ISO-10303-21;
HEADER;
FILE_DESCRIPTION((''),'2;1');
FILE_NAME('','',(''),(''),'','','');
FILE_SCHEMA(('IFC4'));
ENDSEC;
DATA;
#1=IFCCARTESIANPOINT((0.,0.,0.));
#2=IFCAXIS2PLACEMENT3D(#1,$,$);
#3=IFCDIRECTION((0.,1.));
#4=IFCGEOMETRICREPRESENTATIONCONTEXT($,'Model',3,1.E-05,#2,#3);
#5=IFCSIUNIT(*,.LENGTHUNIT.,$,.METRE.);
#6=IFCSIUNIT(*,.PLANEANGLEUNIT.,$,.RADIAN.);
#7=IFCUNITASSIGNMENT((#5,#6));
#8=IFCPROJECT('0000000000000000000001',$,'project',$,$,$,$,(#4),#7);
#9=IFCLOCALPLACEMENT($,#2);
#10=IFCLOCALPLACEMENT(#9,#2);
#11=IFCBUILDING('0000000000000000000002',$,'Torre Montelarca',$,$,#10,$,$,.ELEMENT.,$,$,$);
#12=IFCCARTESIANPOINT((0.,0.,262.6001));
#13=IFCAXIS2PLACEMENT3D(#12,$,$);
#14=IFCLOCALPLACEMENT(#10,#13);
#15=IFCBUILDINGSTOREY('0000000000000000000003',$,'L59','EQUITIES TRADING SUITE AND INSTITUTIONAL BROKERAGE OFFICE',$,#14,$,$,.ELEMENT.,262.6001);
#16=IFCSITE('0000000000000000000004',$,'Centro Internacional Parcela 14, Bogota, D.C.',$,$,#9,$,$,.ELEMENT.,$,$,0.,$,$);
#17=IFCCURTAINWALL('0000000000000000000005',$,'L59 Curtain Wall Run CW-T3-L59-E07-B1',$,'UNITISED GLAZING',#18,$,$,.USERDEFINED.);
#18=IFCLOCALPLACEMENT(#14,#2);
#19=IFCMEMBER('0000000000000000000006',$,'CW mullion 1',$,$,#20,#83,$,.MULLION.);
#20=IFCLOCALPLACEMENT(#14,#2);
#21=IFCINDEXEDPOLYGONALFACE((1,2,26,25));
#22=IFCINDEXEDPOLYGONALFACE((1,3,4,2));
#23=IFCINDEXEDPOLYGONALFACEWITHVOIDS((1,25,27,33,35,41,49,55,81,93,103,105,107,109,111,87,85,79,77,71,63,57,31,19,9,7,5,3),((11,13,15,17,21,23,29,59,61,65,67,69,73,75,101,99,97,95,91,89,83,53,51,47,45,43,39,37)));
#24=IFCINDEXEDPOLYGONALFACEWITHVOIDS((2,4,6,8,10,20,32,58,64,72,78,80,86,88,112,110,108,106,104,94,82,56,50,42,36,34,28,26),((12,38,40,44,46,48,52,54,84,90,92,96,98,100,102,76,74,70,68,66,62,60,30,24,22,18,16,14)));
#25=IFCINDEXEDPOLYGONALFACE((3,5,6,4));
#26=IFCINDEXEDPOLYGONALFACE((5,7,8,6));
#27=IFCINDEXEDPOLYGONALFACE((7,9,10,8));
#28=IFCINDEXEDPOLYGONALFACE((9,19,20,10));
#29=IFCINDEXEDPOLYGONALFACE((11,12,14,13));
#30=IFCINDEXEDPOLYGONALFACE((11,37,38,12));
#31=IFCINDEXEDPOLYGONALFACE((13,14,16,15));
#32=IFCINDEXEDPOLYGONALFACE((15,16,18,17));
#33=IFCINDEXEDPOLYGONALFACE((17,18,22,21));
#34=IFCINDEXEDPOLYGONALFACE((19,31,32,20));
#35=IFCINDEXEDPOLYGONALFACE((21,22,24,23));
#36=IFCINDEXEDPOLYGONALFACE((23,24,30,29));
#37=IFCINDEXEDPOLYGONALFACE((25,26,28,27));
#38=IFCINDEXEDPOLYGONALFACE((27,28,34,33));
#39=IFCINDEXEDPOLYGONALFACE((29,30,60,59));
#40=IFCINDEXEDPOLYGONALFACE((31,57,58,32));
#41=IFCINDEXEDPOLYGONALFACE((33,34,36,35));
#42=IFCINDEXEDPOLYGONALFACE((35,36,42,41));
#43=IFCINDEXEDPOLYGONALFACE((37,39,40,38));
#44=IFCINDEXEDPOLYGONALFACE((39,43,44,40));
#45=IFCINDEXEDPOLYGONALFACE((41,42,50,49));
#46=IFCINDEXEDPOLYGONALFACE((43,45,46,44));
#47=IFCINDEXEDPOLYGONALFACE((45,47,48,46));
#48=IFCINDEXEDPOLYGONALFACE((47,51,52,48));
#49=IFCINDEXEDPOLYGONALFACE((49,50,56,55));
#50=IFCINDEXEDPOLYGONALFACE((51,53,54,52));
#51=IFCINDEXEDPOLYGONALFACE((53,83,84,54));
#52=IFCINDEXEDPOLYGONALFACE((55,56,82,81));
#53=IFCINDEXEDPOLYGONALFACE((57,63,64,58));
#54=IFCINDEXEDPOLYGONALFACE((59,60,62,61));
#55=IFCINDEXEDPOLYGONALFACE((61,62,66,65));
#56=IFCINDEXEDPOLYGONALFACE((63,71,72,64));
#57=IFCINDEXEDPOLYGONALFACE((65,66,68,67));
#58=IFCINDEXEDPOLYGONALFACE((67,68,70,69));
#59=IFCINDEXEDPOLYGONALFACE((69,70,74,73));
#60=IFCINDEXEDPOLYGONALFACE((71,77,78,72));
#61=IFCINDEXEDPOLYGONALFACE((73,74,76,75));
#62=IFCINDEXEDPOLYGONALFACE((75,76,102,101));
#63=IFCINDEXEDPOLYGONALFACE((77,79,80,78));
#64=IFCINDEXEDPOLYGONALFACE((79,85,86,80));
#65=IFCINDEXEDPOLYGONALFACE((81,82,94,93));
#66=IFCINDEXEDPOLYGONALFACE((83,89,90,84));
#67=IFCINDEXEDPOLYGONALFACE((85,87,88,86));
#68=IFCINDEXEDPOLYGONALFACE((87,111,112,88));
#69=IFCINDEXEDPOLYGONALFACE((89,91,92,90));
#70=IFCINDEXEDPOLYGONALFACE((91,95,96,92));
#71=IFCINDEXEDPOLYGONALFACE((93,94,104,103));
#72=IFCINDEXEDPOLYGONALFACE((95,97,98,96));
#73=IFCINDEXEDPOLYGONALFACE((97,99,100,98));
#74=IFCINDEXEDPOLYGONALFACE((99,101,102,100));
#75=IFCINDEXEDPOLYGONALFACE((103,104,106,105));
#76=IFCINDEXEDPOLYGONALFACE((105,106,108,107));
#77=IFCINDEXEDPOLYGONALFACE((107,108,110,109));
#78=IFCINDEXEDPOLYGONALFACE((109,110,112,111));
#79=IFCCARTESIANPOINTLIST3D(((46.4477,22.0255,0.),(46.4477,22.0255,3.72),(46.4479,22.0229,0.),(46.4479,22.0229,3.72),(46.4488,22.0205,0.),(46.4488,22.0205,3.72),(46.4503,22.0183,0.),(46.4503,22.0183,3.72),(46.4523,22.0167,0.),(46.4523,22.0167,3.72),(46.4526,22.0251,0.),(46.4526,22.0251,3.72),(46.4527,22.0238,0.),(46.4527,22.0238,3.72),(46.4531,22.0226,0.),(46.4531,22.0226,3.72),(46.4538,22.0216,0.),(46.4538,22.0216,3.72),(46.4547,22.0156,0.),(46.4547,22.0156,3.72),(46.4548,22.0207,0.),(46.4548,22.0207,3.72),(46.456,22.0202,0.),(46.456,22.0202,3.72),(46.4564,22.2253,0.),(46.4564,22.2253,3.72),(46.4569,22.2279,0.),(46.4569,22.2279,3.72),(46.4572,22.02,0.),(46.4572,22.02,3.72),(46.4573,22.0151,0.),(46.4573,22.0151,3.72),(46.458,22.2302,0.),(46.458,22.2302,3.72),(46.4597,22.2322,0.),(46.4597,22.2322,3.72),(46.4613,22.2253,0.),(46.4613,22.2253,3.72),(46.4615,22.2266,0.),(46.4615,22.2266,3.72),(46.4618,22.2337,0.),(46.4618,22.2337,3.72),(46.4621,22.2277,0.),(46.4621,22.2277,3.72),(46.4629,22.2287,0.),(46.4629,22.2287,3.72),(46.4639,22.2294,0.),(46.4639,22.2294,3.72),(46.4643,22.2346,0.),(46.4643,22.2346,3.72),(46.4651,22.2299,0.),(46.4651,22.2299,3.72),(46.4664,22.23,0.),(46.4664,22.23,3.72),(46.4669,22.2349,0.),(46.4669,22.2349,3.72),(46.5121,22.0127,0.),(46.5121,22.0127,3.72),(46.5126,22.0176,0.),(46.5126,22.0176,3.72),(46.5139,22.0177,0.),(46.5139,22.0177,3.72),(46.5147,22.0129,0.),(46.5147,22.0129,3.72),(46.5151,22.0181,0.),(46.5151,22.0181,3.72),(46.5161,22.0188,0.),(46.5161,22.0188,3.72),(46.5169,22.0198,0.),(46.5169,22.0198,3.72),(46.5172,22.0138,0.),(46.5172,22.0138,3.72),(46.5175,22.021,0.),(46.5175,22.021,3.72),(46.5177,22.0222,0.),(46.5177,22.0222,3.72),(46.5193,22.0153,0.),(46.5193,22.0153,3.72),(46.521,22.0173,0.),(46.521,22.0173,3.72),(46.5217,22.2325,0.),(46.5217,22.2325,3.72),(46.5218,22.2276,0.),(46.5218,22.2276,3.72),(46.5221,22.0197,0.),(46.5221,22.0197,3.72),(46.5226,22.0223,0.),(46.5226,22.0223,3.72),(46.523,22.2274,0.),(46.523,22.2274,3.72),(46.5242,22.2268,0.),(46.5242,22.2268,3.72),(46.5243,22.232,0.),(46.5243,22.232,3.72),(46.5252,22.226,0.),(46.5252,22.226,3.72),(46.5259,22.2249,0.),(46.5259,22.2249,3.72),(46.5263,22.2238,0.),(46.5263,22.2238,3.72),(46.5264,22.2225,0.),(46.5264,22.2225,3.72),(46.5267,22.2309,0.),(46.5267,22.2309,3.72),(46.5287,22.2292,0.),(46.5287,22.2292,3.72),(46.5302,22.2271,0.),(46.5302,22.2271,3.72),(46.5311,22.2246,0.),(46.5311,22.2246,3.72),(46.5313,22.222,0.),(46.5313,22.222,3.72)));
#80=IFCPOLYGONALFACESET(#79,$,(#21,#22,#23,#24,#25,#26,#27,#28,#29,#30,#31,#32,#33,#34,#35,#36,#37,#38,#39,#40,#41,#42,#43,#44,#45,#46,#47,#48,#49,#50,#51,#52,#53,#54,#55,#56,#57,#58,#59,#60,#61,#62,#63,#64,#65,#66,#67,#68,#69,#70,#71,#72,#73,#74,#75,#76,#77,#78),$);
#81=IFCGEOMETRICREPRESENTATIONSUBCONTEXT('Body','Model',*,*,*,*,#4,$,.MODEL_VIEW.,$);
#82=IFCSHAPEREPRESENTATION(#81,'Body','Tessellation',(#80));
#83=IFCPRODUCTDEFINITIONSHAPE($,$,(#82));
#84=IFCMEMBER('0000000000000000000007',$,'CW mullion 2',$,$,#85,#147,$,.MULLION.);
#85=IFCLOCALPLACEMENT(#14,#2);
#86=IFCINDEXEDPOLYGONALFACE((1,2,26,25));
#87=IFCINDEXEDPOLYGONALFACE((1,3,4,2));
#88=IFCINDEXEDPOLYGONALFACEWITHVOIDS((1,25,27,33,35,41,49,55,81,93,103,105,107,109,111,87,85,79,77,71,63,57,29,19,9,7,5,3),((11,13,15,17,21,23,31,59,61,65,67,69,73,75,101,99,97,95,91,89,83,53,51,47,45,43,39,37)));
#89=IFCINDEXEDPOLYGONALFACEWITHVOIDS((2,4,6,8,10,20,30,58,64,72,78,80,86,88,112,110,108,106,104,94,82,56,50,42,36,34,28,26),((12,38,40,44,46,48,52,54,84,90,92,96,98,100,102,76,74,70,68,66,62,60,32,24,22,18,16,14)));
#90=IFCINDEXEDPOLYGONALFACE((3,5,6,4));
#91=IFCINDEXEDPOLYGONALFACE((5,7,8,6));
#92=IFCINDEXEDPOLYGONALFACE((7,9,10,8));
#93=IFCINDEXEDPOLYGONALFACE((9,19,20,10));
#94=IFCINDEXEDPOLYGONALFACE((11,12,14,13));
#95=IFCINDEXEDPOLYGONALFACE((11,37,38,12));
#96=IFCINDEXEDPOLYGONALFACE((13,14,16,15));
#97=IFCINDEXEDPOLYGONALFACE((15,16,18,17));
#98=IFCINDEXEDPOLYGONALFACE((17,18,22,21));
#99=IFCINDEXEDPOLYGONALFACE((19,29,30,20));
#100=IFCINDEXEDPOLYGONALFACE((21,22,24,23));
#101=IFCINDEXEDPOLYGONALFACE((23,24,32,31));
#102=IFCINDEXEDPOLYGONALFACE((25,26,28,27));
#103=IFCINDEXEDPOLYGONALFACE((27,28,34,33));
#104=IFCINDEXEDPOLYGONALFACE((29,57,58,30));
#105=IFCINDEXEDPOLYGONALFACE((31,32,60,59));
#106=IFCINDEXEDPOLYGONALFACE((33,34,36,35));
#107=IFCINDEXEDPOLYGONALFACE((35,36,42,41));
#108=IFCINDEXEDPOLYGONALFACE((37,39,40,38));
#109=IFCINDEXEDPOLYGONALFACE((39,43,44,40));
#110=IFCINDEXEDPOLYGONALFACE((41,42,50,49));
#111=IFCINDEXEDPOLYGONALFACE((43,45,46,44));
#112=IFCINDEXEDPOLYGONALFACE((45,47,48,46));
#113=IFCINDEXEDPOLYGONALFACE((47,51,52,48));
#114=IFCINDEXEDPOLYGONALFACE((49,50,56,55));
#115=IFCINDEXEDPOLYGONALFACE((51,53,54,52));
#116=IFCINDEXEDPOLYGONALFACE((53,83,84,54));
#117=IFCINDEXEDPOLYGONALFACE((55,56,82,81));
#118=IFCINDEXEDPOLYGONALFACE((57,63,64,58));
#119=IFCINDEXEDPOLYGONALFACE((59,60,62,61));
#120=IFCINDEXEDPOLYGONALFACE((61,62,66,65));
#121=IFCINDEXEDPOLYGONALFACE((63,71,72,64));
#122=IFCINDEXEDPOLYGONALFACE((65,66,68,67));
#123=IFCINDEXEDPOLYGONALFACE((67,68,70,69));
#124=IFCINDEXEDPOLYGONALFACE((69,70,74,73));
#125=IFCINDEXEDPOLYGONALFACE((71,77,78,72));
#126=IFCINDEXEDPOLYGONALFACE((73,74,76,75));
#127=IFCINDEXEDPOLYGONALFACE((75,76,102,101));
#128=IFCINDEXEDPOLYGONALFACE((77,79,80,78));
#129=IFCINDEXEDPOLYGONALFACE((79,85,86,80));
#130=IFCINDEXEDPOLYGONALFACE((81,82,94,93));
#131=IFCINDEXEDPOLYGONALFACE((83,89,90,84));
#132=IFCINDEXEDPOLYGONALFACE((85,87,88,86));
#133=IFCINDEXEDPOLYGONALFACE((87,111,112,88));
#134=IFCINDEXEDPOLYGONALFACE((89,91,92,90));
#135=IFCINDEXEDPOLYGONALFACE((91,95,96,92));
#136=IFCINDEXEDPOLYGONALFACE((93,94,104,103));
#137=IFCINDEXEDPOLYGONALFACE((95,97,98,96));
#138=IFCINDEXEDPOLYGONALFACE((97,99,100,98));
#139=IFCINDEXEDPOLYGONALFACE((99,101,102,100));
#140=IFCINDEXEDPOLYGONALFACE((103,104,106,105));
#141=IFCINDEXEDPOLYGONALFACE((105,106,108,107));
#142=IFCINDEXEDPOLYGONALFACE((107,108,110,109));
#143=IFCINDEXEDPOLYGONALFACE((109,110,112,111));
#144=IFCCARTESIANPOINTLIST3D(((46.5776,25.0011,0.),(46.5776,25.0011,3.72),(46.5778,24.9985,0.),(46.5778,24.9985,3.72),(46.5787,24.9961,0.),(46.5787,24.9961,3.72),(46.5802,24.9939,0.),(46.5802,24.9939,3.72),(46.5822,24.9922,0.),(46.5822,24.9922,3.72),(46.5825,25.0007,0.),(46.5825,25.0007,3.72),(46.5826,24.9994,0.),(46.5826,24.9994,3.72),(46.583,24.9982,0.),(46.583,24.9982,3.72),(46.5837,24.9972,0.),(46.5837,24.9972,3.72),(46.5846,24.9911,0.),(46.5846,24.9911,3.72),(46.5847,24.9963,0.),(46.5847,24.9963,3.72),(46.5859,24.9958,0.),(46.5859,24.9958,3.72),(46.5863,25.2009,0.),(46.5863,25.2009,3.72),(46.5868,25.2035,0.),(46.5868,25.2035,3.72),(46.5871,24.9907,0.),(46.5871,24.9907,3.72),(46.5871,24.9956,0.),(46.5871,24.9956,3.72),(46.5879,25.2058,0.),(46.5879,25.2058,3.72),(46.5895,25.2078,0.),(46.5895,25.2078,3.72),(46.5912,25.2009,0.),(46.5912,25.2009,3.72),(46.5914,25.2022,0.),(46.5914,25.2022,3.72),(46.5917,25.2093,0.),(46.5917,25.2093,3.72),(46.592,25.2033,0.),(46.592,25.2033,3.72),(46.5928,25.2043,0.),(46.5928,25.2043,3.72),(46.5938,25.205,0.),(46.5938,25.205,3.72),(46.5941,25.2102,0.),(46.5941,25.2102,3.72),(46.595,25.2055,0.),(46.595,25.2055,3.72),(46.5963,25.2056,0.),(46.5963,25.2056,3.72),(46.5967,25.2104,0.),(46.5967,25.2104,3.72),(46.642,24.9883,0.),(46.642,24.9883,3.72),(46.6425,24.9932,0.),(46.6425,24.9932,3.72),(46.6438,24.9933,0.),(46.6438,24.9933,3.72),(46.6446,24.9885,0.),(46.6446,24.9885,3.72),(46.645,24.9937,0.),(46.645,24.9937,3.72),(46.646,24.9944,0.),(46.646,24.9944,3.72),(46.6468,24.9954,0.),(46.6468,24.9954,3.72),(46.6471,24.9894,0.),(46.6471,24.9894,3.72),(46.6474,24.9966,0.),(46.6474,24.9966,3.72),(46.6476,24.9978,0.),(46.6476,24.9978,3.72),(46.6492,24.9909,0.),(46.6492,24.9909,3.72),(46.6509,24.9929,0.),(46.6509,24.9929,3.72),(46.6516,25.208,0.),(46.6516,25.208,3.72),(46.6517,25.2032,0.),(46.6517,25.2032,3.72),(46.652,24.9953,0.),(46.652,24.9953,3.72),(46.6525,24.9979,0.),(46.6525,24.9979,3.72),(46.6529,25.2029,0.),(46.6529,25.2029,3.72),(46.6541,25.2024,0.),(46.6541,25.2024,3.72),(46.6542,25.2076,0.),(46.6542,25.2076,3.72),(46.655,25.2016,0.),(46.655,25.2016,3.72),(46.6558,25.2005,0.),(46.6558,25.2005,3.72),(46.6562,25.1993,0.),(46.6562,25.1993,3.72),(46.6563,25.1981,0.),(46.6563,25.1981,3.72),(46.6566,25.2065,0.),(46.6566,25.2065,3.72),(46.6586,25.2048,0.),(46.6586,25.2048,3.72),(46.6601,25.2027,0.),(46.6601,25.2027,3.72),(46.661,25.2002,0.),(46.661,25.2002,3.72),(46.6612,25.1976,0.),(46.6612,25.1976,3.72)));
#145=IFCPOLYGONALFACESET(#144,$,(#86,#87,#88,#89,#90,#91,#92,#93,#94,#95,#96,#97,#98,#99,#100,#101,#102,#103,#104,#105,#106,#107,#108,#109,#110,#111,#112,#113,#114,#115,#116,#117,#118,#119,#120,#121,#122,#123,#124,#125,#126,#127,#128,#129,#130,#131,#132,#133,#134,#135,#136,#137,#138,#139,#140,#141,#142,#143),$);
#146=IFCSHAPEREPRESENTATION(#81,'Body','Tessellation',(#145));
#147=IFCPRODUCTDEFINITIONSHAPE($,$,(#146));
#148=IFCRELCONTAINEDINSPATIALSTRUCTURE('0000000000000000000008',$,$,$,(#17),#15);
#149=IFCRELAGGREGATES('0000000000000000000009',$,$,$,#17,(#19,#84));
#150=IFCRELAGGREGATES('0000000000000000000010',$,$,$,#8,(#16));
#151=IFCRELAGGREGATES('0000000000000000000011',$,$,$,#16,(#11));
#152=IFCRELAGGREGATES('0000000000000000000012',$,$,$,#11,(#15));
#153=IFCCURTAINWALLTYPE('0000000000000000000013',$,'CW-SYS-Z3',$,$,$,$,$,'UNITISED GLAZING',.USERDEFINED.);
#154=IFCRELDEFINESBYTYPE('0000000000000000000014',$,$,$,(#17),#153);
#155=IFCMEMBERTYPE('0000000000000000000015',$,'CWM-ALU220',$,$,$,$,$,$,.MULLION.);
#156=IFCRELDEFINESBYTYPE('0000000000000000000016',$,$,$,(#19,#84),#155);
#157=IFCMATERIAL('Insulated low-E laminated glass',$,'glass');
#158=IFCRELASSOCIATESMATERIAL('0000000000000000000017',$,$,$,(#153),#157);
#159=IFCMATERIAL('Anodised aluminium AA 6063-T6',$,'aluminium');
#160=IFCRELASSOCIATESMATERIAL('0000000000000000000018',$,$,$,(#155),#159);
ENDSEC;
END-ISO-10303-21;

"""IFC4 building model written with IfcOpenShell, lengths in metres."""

from ifc_helpers import new_model, si_unit, direction, frame, origin, origin_2d, place, context, subcontext, project, spatial, hollow_rectangle, extrude, source, transform, mapped, material, material_profile, profile_set, type_object, element, aggregate, save


model = new_model("IFC4")

# Units and contexts
model_context = context("Model", 3, precision=1e-05, world=origin(), true_north=direction((0.0, 1.0)))
body_context = subcontext(model_context, "Body", "Model", "MODEL_VIEW")
ifc_project = project(units=[si_unit("LENGTHUNIT", "METRE"), si_unit("PLANEANGLEUNIT", "RADIAN")], contexts=[model_context])

# Site, building, storey
site_placement = place(None, origin())
site = spatial("IfcSite", under=ifc_project, at=site_placement, Name="Centro Internacional Parcela 14, Bogota, D.C.", CompositionType="ELEMENT", RefElevation=0.0)
building_placement = place(site_placement, origin())
building = spatial("IfcBuilding", under=site, at=building_placement, Name="Torre Montelarca", CompositionType="ELEMENT")
storey_placement = place(building_placement, frame((0.0, 0.0, 262.6001)))
storey = spatial("IfcBuildingStorey", under=building, at=storey_placement, Name="L59", Description="EQUITIES TRADING SUITE AND INSTITUTIONAL BROKERAGE OFFICE", CompositionType="ELEMENT", Elevation=262.6001)

# Curtain wall
ifc_material_1 = material(Name="Insulated low-E laminated glass", Category="glass")
curtain_wall_type = type_object("IfcCurtainWallType", Name="CW-SYS-Z3", ElementType="UNITISED GLAZING", PredefinedType="USERDEFINED", material=ifc_material_1)
curtain_wall_1_placement = place(storey_placement, origin())
curtain_wall_1 = element("IfcCurtainWall", 1, at=curtain_wall_1_placement, inside=storey, type_object=curtain_wall_type, Name="L59 Curtain Wall Run CW-T3-L59-E07-B1", ObjectType="UNITISED GLAZING", PredefinedType="USERDEFINED")
ifc_material_2 = material(Name="Anodised aluminium AA 6063-T6", Category="aluminium")
ifc_material_profile_1 = material_profile(ifc_material_2, hollow_rectangle(XDim=0.075, YDim=0.22, WallThickness=0.0049, InnerFilletRadius=0.0049, OuterFilletRadius=0.01, at=origin_2d()), Name="ALU75X220X5", Category="aluminium")
ifc_profile_set_1 = profile_set([ifc_material_profile_1], Name="Anodised aluminium AA 6063-T6")
member_type_1 = type_object("IfcMemberType", Name="CWM-ALU220", PredefinedType="MULLION", material=ifc_profile_set_1)
shared_shape_1 = source(origin(), body_context, "Body", "SweptSolid", [
    extrude(hollow_rectangle(XDim=0.075, YDim=0.22, WallThickness=0.0049, InnerFilletRadius=0.0049, OuterFilletRadius=0.01, at=origin_2d()), origin(), (0.0, 0.0, 1.0), 3.72),
])

# Members
member_1_placement = place(storey_placement, frame((46.4895, 22.1238, 0.0), z_axis=(0.0, 0.0, 1.0), x_axis=(-0.999048, 0.043616, 0.0)))
member_1 = element("IfcMember", 2, at=member_1_placement, type_object=member_type_1, Name="CW mullion 1", PredefinedType="MULLION", context=body_context, shape_type="MappedRepresentation", body=[
    mapped(shared_shape_1, transform((0.0, 0.0, 0.0), scale=1.0)),
])
member_2_placement = place(storey_placement, frame((46.6194, 25.0994, 0.0), z_axis=(0.0, 0.0, 1.0), x_axis=(-0.999048, 0.043616, 0.0)))
member_2 = element("IfcMember", 3, at=member_2_placement, type_object=member_type_1, Name="CW mullion 2", PredefinedType="MULLION", context=body_context, shape_type="MappedRepresentation", body=[
    mapped(shared_shape_1, transform((0.0, 0.0, 0.0), scale=1.0)),
])

aggregate(curtain_wall_1, [member_1, member_2])

save(model, "model.ifc")
